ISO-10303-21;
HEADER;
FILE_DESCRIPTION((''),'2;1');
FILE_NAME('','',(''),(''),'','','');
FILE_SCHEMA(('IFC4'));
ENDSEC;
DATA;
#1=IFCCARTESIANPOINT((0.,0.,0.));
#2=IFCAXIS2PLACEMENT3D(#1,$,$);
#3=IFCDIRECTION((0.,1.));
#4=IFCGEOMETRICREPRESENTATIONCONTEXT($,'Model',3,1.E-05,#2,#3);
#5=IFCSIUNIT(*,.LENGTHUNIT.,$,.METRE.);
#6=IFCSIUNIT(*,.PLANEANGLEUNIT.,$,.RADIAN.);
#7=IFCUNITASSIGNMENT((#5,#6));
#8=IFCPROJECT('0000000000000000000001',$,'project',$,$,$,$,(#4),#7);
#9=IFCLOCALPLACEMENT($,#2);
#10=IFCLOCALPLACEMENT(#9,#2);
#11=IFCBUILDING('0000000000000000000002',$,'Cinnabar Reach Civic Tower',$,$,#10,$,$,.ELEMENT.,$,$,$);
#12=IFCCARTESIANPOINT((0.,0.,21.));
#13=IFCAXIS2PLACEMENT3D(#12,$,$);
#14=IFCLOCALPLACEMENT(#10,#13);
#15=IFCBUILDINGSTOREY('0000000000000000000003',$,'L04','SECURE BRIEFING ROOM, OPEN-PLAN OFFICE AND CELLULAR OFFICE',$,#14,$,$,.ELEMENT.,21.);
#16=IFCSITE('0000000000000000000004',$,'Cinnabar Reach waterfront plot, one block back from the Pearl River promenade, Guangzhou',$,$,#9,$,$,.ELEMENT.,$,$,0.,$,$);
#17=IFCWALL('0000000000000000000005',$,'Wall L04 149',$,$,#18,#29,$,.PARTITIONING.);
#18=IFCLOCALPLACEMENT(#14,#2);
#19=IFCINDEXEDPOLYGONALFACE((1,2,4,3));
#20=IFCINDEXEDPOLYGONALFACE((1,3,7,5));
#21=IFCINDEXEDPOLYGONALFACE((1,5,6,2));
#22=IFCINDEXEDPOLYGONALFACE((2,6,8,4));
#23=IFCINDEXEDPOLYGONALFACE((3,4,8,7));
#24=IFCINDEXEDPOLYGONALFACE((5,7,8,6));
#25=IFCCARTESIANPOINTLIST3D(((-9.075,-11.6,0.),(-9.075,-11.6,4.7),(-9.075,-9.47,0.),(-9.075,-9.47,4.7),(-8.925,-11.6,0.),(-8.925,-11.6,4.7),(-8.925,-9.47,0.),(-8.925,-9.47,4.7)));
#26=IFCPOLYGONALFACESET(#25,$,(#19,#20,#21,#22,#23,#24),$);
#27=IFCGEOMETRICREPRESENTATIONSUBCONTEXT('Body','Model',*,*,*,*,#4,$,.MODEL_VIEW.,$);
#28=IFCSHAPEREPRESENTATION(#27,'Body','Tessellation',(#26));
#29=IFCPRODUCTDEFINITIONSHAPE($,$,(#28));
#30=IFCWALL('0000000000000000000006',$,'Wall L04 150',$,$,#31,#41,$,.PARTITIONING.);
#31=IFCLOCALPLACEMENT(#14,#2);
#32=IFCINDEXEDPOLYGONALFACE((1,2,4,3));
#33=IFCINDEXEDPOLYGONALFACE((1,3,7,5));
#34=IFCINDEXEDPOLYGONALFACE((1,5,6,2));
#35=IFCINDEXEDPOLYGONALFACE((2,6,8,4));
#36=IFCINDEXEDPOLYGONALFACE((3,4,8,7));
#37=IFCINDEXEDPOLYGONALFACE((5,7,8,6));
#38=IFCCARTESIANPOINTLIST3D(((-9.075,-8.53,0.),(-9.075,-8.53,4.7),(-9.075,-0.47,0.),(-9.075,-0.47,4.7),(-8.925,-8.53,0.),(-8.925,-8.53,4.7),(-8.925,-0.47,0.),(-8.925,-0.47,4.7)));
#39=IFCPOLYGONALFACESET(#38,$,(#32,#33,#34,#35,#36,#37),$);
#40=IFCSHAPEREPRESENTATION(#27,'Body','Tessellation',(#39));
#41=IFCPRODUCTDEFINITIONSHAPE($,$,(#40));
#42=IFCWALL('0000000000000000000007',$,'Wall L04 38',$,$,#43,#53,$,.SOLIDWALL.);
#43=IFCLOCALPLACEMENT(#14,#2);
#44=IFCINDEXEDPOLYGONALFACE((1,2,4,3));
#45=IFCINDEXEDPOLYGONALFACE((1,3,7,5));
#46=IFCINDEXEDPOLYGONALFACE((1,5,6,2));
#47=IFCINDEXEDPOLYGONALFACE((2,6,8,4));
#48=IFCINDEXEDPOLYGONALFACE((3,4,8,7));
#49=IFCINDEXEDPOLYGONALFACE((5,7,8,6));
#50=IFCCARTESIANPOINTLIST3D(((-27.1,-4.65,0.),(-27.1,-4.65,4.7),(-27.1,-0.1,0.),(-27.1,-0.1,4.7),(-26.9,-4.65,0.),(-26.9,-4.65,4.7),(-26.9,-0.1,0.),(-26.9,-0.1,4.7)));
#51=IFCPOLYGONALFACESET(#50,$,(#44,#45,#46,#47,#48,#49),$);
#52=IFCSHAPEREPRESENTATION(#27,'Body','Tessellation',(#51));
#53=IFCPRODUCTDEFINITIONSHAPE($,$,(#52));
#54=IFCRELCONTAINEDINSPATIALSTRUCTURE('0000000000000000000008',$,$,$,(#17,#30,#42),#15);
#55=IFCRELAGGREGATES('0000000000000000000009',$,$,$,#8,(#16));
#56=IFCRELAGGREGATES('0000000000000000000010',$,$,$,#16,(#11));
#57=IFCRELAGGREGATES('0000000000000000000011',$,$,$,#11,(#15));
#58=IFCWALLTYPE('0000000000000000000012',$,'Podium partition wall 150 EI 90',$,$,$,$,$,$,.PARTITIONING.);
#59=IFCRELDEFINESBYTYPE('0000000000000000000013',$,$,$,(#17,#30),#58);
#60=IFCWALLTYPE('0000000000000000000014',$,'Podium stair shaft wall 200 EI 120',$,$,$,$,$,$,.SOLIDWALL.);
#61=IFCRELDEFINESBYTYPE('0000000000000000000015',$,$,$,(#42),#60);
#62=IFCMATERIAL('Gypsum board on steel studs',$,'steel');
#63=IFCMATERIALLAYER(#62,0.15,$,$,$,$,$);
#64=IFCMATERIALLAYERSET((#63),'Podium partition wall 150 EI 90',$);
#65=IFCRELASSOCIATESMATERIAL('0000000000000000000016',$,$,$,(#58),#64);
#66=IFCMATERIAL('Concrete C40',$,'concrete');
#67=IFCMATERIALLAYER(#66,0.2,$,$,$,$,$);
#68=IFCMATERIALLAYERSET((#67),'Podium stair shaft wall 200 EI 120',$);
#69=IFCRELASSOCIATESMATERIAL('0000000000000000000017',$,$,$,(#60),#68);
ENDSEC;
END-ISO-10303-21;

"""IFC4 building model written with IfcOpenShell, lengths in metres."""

from ifc_helpers import new_model, si_unit, direction, frame, frame_2d, origin, place, context, subcontext, project, spatial, rectangle, extrude, material, layer, layer_set, type_object, element, save


model = new_model("IFC4")

# Units and contexts
model_context = context("Model", 3, precision=1e-05, world=origin(), true_north=direction((0.0, 1.0)))
body_context = subcontext(model_context, "Body", "Model", "MODEL_VIEW")
ifc_project = project(units=[si_unit("LENGTHUNIT", "METRE"), si_unit("PLANEANGLEUNIT", "RADIAN")], contexts=[model_context])

# Site, building, storey
site_placement = place(None, origin())
site = spatial("IfcSite", under=ifc_project, at=site_placement, Name="Cinnabar Reach waterfront plot, one block back from the Pearl River promenade, Guangzhou", CompositionType="ELEMENT", RefElevation=0.0)
building_placement = place(site_placement, origin())
building = spatial("IfcBuilding", under=site, at=building_placement, Name="Cinnabar Reach Civic Tower", CompositionType="ELEMENT")
storey_placement = place(building_placement, frame((0.0, 0.0, 21.0)))
storey = spatial("IfcBuildingStorey", under=building, at=storey_placement, Name="L04", Description="SECURE BRIEFING ROOM, OPEN-PLAN OFFICE AND CELLULAR OFFICE", CompositionType="ELEMENT", Elevation=21.0)

# Shared definitions
ifc_material_1 = material(Name="Concrete C40", Category="concrete")

# Walls
ifc_material_2 = material(Name="Gypsum board on steel studs", Category="steel")
ifc_layer_1 = layer(ifc_material_2, 0.15)
ifc_layer_set_1 = layer_set([ifc_layer_1], Name="Podium partition wall 150 EI 90")
wall_type_1 = type_object("IfcWallType", Name="Podium partition wall 150 EI 90", PredefinedType="PARTITIONING", material=ifc_layer_set_1)
wall_1_placement = place(storey_placement, frame((-9.0, -11.6, 0.0), z_axis=(0.0, 0.0, 1.0), x_axis=(0.0, 1.0, 0.0)))
element("IfcWall", 1, at=wall_1_placement, inside=storey, type_object=wall_type_1, Name="Wall L04 149", PredefinedType="PARTITIONING", context=body_context, shape_type="SweptSolid", body=[
    extrude(rectangle(XDim=2.13, YDim=0.15, at=frame_2d((1.065, 0.0))), origin(), (0.0, 0.0, 1.0), 4.7),
])
wall_2_placement = place(storey_placement, frame((-9.0, -8.53, 0.0), z_axis=(0.0, 0.0, 1.0), x_axis=(0.0, 1.0, 0.0)))
element("IfcWall", 2, at=wall_2_placement, inside=storey, type_object=wall_type_1, Name="Wall L04 150", PredefinedType="PARTITIONING", context=body_context, shape_type="SweptSolid", body=[
    extrude(rectangle(XDim=8.06, YDim=0.15, at=frame_2d((4.03, 0.0))), origin(), (0.0, 0.0, 1.0), 4.7),
])
ifc_layer_2 = layer(ifc_material_1, 0.2)
ifc_layer_set_2 = layer_set([ifc_layer_2], Name="Podium stair shaft wall 200 EI 120")
wall_type_2 = type_object("IfcWallType", Name="Podium stair shaft wall 200 EI 120", PredefinedType="SOLIDWALL", material=ifc_layer_set_2)
wall_3_placement = place(storey_placement, frame((-27.0, -4.65, 0.0), z_axis=(0.0, 0.0, 1.0), x_axis=(0.0, 1.0, 0.0)))
element("IfcWall", 3, at=wall_3_placement, inside=storey, type_object=wall_type_2, Name="Wall L04 38", PredefinedType="SOLIDWALL", context=body_context, shape_type="SweptSolid", body=[
    extrude(rectangle(XDim=4.55, YDim=0.2, at=frame_2d((2.275, 0.0))), origin(), (0.0, 0.0, 1.0), 4.7),
])

save(model, "model.ifc")
